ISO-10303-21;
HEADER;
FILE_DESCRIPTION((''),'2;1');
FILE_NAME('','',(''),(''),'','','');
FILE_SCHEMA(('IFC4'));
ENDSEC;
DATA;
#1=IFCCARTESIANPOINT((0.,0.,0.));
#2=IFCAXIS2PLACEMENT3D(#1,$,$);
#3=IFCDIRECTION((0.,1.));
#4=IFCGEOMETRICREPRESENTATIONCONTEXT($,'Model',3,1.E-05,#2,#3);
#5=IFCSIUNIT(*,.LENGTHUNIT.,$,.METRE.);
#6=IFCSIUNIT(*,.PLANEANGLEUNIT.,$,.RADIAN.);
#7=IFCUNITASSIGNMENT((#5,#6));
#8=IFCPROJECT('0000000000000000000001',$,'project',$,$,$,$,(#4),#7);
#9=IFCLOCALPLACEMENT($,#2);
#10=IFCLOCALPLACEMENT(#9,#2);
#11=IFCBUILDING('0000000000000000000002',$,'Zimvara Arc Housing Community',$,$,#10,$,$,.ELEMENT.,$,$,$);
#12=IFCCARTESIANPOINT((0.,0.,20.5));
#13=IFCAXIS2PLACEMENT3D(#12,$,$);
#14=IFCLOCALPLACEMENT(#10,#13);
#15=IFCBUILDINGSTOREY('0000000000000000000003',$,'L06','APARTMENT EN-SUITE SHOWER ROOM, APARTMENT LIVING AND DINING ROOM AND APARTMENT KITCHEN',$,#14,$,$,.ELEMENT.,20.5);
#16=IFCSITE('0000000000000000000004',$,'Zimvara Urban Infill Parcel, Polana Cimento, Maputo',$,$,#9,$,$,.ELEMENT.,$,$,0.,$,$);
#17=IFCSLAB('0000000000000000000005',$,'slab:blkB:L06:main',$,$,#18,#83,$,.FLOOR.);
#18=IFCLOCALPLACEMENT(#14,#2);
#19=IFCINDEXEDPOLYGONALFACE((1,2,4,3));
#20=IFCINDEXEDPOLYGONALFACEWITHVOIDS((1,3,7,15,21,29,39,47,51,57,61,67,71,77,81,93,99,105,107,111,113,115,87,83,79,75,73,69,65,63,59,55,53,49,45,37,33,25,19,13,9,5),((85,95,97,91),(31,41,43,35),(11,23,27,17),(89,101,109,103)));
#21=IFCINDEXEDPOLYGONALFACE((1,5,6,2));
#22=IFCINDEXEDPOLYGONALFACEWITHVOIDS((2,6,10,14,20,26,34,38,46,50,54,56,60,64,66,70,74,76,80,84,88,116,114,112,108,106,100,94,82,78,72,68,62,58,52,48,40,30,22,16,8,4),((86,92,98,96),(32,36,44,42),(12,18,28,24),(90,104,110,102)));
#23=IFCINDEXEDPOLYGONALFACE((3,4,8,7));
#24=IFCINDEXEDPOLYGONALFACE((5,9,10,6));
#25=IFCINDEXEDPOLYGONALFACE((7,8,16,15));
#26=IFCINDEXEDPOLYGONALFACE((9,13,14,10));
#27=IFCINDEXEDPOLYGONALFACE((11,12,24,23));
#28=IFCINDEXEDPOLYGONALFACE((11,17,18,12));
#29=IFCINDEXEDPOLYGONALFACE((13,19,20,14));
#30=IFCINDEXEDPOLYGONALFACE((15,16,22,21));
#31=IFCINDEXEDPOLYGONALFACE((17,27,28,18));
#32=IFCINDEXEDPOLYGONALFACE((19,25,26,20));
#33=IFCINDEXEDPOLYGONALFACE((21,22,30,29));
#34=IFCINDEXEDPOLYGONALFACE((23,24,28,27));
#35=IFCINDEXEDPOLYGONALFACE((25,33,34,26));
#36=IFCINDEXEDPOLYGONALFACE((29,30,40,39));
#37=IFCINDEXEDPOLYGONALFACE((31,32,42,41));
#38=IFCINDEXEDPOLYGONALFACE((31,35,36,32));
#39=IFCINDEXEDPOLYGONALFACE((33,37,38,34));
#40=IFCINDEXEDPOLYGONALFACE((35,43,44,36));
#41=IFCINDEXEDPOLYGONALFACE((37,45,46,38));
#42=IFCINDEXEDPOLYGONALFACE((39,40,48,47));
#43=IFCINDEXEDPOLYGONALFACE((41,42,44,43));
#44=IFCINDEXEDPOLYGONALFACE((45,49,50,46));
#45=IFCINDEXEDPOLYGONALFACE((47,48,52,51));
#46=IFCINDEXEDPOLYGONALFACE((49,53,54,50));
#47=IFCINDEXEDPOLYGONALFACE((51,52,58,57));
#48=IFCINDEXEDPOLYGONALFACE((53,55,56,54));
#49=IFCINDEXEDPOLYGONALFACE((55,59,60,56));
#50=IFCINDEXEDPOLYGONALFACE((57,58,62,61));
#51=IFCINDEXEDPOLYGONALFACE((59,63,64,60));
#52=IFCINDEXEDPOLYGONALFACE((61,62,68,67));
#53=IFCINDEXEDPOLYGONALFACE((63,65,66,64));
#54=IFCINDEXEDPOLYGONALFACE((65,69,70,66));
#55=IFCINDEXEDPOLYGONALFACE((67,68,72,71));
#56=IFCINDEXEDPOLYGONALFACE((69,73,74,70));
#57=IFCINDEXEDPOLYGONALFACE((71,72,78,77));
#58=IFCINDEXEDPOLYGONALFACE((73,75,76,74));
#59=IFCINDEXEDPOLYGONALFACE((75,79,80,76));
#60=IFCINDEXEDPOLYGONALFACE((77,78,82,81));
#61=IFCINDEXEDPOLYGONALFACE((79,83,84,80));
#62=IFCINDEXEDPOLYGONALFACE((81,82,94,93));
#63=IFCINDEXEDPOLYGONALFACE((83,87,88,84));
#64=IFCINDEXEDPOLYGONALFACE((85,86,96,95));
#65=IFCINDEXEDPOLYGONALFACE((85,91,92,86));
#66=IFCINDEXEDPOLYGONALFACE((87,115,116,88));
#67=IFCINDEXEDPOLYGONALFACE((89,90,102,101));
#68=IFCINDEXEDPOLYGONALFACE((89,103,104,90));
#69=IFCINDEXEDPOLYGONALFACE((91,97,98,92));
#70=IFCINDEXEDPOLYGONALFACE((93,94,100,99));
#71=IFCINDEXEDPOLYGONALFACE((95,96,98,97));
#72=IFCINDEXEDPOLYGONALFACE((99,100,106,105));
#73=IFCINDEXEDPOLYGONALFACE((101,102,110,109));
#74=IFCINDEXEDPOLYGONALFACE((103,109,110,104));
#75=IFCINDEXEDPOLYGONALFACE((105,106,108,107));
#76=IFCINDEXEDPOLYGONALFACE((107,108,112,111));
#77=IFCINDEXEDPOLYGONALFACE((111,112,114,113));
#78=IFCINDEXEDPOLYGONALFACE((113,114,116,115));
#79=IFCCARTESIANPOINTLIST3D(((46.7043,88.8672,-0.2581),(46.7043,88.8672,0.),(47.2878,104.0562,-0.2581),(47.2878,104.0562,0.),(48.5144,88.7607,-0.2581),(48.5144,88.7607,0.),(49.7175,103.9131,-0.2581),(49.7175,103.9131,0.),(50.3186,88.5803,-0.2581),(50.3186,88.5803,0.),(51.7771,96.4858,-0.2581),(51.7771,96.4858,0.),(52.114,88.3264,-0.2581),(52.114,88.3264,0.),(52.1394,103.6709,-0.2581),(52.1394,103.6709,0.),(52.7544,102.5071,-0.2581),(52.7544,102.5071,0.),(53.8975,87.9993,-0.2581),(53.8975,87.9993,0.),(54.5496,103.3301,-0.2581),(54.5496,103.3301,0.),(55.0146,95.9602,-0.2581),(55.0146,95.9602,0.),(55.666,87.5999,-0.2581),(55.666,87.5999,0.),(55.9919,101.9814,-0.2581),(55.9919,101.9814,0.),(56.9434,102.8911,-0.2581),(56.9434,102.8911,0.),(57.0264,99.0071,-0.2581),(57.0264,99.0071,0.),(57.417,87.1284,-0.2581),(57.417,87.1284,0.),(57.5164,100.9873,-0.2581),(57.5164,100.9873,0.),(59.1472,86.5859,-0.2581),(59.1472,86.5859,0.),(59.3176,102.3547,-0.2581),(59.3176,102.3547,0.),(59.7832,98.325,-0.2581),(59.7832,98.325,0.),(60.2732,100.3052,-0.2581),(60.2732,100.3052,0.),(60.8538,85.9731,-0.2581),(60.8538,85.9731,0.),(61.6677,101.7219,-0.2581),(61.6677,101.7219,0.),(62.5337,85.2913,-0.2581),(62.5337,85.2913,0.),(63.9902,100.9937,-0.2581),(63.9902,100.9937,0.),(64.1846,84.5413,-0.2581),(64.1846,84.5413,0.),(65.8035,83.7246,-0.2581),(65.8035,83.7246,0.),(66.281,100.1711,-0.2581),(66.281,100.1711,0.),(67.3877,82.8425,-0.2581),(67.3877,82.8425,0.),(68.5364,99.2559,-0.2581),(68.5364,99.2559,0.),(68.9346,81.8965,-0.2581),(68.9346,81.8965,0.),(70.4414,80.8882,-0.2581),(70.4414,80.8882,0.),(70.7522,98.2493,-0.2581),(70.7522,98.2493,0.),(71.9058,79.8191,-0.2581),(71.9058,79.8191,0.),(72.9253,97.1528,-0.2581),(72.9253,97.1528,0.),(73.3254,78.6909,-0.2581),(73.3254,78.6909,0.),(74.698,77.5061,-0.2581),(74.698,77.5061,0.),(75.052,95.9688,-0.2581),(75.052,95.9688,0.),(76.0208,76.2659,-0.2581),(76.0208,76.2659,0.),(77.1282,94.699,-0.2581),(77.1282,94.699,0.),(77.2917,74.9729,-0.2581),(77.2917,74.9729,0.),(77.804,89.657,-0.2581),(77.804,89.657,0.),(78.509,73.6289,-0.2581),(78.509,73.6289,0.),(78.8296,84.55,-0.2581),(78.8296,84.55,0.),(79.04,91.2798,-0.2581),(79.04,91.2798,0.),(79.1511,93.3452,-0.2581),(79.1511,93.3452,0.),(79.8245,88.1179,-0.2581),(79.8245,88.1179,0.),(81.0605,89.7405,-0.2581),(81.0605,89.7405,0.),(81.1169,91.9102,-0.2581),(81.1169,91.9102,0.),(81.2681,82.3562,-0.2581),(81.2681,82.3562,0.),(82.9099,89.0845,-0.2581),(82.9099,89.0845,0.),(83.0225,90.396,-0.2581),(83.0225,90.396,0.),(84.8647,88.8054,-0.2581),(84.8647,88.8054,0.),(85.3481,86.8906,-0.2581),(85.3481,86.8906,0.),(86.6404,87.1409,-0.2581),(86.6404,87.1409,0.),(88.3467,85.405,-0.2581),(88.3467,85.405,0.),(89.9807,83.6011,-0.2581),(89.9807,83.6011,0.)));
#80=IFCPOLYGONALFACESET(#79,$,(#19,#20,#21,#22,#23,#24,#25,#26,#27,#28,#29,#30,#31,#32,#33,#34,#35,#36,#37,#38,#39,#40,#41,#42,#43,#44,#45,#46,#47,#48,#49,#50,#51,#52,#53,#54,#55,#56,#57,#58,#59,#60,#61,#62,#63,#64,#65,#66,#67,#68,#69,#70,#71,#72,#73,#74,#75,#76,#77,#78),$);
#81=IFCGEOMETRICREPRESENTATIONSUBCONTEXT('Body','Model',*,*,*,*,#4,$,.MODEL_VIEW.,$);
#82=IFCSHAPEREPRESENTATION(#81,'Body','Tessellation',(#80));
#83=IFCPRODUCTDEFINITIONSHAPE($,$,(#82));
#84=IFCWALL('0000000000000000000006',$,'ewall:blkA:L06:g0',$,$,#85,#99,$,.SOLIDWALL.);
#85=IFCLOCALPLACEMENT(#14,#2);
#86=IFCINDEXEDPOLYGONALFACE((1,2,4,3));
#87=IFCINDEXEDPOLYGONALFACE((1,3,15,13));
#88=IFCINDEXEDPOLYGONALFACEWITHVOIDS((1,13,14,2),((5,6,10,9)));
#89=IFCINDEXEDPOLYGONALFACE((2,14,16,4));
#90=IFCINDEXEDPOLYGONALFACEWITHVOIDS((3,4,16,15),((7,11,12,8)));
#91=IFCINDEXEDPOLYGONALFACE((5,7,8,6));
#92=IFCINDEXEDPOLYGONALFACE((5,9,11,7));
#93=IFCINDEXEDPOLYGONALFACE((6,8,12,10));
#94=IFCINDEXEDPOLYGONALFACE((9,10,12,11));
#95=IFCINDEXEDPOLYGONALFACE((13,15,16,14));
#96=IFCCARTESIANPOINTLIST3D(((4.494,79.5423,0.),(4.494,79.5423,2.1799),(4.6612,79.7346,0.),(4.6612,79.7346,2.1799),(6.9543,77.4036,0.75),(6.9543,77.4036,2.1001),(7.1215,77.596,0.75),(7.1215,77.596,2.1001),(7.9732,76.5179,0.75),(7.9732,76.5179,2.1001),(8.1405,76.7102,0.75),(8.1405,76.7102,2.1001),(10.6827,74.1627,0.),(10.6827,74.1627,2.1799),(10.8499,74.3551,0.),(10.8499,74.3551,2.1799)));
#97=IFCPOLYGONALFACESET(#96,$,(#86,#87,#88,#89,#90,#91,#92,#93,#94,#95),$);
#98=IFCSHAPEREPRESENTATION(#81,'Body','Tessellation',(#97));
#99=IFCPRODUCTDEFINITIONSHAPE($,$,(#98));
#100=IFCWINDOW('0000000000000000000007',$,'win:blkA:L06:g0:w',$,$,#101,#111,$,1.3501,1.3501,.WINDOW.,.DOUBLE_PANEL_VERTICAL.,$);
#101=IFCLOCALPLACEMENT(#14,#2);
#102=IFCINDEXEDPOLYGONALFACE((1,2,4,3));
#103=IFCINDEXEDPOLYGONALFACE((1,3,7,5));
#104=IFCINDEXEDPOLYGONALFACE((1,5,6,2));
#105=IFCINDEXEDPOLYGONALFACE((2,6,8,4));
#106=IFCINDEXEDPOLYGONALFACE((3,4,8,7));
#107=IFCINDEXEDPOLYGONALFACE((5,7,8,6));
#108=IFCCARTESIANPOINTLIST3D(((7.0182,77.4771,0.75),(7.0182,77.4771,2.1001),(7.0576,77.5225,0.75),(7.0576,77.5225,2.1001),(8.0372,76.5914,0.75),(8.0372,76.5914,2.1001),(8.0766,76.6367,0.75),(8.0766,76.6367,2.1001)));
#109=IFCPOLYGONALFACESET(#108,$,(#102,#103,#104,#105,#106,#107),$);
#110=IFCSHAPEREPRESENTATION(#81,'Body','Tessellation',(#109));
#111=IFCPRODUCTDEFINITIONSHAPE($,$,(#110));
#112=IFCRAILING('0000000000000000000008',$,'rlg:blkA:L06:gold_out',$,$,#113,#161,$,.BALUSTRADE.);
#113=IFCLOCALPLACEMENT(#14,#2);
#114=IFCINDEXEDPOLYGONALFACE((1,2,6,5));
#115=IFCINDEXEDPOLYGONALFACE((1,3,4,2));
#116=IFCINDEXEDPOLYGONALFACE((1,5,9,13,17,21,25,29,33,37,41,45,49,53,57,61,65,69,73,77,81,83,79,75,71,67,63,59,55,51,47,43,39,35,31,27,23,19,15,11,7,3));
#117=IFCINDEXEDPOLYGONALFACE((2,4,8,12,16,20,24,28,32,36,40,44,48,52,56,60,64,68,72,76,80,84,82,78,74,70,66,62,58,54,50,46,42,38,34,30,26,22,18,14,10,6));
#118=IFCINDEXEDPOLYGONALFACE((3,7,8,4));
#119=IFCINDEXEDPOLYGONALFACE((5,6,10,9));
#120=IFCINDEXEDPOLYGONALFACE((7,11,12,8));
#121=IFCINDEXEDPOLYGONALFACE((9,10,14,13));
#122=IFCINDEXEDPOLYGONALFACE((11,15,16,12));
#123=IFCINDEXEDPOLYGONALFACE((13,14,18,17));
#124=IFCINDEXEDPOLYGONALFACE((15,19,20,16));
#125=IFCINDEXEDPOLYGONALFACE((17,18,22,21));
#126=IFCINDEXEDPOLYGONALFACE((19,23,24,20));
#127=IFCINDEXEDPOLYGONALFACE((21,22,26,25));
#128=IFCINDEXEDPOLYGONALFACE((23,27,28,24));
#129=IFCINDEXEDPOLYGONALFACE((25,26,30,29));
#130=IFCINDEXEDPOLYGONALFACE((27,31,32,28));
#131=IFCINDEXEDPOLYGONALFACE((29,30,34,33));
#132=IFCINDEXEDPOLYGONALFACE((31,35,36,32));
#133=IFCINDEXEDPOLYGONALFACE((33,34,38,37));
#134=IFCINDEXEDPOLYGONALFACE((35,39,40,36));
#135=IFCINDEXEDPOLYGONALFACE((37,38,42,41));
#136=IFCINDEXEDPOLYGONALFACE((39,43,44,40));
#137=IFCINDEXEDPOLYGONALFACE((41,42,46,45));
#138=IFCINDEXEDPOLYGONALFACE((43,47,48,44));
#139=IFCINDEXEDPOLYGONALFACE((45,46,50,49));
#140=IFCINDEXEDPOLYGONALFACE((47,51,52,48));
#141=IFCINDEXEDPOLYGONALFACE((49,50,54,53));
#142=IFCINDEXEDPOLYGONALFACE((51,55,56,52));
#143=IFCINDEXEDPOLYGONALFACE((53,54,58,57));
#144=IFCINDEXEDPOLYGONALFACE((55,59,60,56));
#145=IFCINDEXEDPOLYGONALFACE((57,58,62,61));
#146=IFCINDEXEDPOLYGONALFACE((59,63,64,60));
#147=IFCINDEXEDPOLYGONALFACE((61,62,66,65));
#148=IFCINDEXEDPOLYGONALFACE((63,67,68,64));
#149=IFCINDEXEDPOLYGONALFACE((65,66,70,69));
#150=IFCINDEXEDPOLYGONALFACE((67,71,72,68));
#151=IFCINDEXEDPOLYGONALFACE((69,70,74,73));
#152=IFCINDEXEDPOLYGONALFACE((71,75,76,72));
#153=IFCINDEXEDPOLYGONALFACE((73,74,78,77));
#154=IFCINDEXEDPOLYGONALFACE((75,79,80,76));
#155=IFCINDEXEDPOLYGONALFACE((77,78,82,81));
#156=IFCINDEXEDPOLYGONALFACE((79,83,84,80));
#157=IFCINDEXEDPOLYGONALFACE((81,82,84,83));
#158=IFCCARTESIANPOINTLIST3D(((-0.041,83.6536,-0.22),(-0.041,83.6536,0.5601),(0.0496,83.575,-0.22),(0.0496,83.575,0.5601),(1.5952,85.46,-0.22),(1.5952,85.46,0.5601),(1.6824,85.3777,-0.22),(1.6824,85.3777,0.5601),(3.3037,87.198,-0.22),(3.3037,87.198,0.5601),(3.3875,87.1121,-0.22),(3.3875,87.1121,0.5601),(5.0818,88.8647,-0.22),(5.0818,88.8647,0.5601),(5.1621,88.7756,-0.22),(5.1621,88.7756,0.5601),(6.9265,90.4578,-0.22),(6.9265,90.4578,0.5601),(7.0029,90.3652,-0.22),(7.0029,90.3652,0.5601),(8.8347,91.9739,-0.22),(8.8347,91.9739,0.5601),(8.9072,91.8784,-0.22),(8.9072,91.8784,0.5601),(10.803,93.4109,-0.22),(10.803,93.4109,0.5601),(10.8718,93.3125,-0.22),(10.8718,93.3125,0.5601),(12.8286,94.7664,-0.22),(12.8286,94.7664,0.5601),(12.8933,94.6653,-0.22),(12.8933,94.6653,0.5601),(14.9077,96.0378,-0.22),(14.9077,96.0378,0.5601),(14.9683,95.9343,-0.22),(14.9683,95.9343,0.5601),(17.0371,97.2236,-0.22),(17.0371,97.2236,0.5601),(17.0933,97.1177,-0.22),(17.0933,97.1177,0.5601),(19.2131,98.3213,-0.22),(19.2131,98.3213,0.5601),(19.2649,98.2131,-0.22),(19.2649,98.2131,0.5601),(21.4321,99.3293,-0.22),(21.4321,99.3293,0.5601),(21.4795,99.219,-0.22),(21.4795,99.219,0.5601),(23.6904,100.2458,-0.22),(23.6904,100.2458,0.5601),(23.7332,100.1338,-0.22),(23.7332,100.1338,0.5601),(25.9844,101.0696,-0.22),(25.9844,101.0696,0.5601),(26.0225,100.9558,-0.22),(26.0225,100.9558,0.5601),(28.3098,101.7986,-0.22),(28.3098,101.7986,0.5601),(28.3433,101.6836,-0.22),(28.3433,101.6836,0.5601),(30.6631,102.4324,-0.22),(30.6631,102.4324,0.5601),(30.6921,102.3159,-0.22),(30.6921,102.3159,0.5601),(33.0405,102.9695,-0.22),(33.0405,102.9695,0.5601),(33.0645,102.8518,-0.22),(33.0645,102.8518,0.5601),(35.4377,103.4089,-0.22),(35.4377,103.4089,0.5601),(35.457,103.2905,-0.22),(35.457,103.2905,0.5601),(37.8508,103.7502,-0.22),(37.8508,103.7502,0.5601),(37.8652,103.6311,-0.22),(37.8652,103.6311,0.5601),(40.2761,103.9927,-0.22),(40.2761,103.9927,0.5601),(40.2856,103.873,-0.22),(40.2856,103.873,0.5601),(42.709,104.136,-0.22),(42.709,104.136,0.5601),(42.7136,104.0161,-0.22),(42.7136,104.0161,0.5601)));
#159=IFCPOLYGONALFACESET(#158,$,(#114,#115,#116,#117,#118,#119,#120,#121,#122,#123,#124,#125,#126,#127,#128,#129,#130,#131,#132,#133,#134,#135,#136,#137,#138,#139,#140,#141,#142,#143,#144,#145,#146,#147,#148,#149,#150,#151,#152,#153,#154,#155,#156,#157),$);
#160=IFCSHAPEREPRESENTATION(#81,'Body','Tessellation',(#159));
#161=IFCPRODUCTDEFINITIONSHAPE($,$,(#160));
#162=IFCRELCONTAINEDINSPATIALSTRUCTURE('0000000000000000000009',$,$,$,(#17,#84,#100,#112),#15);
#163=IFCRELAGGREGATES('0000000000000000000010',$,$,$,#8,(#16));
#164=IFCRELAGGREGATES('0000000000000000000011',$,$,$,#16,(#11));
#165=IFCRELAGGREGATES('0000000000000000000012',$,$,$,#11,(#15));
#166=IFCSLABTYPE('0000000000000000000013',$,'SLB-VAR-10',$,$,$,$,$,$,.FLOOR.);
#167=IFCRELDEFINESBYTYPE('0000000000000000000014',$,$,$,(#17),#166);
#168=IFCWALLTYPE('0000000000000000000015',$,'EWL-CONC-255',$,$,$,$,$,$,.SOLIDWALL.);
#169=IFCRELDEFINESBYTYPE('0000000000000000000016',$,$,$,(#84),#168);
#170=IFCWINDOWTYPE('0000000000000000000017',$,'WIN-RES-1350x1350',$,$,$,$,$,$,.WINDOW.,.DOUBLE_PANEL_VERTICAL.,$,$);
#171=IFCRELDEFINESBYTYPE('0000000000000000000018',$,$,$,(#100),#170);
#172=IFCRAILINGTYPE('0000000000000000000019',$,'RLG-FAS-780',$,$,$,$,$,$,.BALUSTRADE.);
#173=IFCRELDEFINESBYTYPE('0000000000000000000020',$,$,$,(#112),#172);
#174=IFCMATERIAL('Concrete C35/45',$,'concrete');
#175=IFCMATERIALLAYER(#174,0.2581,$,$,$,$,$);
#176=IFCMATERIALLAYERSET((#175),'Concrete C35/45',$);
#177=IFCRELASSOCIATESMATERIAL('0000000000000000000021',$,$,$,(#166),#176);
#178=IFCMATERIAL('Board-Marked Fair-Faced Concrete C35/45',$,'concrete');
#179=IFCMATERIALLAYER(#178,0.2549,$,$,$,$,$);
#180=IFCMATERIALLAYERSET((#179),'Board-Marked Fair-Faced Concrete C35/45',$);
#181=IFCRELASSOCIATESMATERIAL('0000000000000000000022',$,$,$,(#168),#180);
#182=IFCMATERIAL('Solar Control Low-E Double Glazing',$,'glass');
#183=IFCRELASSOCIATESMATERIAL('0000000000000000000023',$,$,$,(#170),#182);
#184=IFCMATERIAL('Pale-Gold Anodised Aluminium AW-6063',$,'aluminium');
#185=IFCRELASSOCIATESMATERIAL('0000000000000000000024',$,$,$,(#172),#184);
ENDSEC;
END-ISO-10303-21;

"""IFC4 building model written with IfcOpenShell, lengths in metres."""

from ifc_helpers import new_model, si_unit, direction, frame, frame_2d, origin, place, context, subcontext, project, spatial, polyline, rectangle, outline, extrude, material, layer, layer_set, type_object, element, fill, save


model = new_model("IFC4")

# Units and contexts
model_context = context("Model", 3, precision=1e-05, world=origin(), true_north=direction((0.0, 1.0)))
body_context = subcontext(model_context, "Body", "Model", "MODEL_VIEW")
ifc_project = project(units=[si_unit("LENGTHUNIT", "METRE"), si_unit("PLANEANGLEUNIT", "RADIAN")], contexts=[model_context])

# Site, building, storey
site_placement = place(None, origin())
site = spatial("IfcSite", under=ifc_project, at=site_placement, Name="Zimvara Urban Infill Parcel, Polana Cimento, Maputo", CompositionType="ELEMENT", RefElevation=0.0)
building_placement = place(site_placement, origin())
building = spatial("IfcBuilding", under=site, at=building_placement, Name="Zimvara Arc Housing Community", CompositionType="ELEMENT")
storey_placement = place(building_placement, frame((0.0, 0.0, 20.5)))
storey = spatial("IfcBuildingStorey", under=building, at=storey_placement, Name="L06", Description="APARTMENT EN-SUITE SHOWER ROOM, APARTMENT LIVING AND DINING ROOM AND APARTMENT KITCHEN", CompositionType="ELEMENT", Elevation=20.5)

# Slab
ifc_material_1 = material(Name="Concrete C35/45", Category="concrete")
ifc_layer_1 = layer(ifc_material_1, 0.2581)
ifc_layer_set_1 = layer_set([ifc_layer_1], Name="Concrete C35/45")
slab_type_1 = type_object("IfcSlabType", Name="SLB-VAR-10", PredefinedType="FLOOR", material=ifc_layer_set_1)
slab_1_placement = place(storey_placement, frame((0.0, 0.0, -0.2581)))
element("IfcSlab", 1, at=slab_1_placement, inside=storey, type_object=slab_type_1, Name="slab:blkB:L06:main", PredefinedType="FLOOR", context=body_context, shape_type="SweptSolid", body=[
    extrude(outline(polyline([(46.7043, 88.8672), (48.5144, 88.7607), (50.3186, 88.5803), (52.114, 88.3264), (53.8975, 87.9993), (55.666, 87.5999), (57.417, 87.1284), (59.1472, 86.5859), (60.8538, 85.9731), (62.5337, 85.2913), (64.1846, 84.5413), (65.8035, 83.7246), (67.3877, 82.8425), (68.9346, 81.8965), (70.4414, 80.8882), (71.9058, 79.8191), (73.3254, 78.6909), (74.698, 77.5061), (76.0208, 76.2659), (77.2917, 74.9729), (78.509, 73.6289), (89.9807, 83.6011), (88.3467, 85.405), (86.6404, 87.1409), (84.8647, 88.8054), (83.0225, 90.396), (81.1169, 91.9102), (79.1511, 93.3452), (77.1282, 94.699), (75.052, 95.9688), (72.9253, 97.1528), (70.7522, 98.2493), (68.5364, 99.2559), (66.281, 100.1711), (63.9902, 100.9937), (61.6677, 101.7219), (59.3176, 102.3547), (56.9434, 102.8911), (54.5496, 103.3301), (52.1394, 103.6709), (49.7175, 103.9131), (47.2878, 104.0562), (46.7043, 88.8672)]), holes=[polyline([(51.7771, 96.4858), (52.7544, 102.5071), (55.9919, 101.9814), (55.0146, 95.9602), (51.7771, 96.4858)]), polyline([(78.8296, 84.55), (82.9099, 89.0845), (85.3481, 86.8906), (81.2681, 82.3562), (78.8296, 84.55)]), polyline([(57.0264, 99.0071), (57.5164, 100.9873), (60.2732, 100.3052), (59.7832, 98.325), (57.0264, 99.0071)]), polyline([(77.804, 89.657), (79.04, 91.2798), (81.0605, 89.7405), (79.8245, 88.1179), (77.804, 89.657)])]), origin(), (0.0, 0.0, 1.0), 0.2581),
])

# Wall, opening, window
ifc_material_2 = material(Name="Board-Marked Fair-Faced Concrete C35/45", Category="concrete")
ifc_layer_2 = layer(ifc_material_2, 0.2549)
ifc_layer_set_2 = layer_set([ifc_layer_2], Name="Board-Marked Fair-Faced Concrete C35/45")
wall_type = type_object("IfcWallType", Name="EWL-CONC-255", PredefinedType="SOLIDWALL", material=ifc_layer_set_2)
wall_placement = place(storey_placement, frame((10.7664, 74.2588, 0.0), z_axis=(0.0, 0.0, 1.0), x_axis=(-0.754718, 0.65605, 0.0)))
wall = element("IfcWall", 2, at=wall_placement, inside=storey, type_object=wall_type, Name="ewall:blkA:L06:g0", PredefinedType="SOLIDWALL", context=body_context, shape_type="SweptSolid", body=[
    extrude(rectangle(XDim=8.2, YDim=0.2549, at=frame_2d((4.1001, 0.0))), origin(), (0.0, 0.0, 1.0), 2.1799),
])
opening_placement = place(wall_placement, frame((3.5901, 0.0, 0.75)))
opening = element("IfcOpeningElement", 3, at=opening_placement, cuts=wall, PredefinedType="OPENING", context=body_context, shape_type="SweptSolid", body=[
    extrude(rectangle(XDim=1.3501, YDim=1.3501, at=frame_2d((0.675, 0.675))), frame((0.0, 0.1375, 0.0), z_axis=(0.0, -1.0, 0.0), x_axis=(1.0, 0.0, 0.0)), (0.0, 0.0, 1.0), 0.2749),
])
ifc_material_3 = material(Name="Solar Control Low-E Double Glazing", Category="glass")
window_type = type_object("IfcWindowType", Name="WIN-RES-1350x1350", PartitioningType="DOUBLE_PANEL_VERTICAL", PredefinedType="WINDOW", material=ifc_material_3)
window_placement = place(opening_placement, origin())
window = element("IfcWindow", 4, at=window_placement, inside=storey, type_object=window_type, Name="win:blkA:L06:g0:w", OverallHeight=1.3501, OverallWidth=1.3501, PartitioningType="DOUBLE_PANEL_VERTICAL", PredefinedType="WINDOW", context=body_context, shape_type="SweptSolid", body=[
    extrude(rectangle(XDim=1.3501, YDim=1.3501, at=frame_2d((0.675, 0.675))), frame((0.0, 0.03, 0.0), z_axis=(0.0, -1.0, 0.0), x_axis=(1.0, 0.0, 0.0)), (0.0, 0.0, 1.0), 0.0601),
])
fill(opening, window)

# Railing
ifc_material_4 = material(Name="Pale-Gold Anodised Aluminium AW-6063", Category="aluminium")
railing_type = type_object("IfcRailingType", Name="RLG-FAS-780", PredefinedType="BALUSTRADE", material=ifc_material_4)
railing_1_placement = place(storey_placement, frame((0.0, 0.0, -0.22)))
element("IfcRailing", 5, at=railing_1_placement, inside=storey, type_object=railing_type, Name="rlg:blkA:L06:gold_out", PredefinedType="BALUSTRADE", context=body_context, shape_type="SweptSolid", body=[
    extrude(outline(polyline([(0.0496, 83.575), (1.6824, 85.3777), (3.3875, 87.1121), (5.1621, 88.7756), (7.0029, 90.3652), (8.9072, 91.8784), (10.8718, 93.3125), (12.8933, 94.6653), (14.9683, 95.9343), (17.0933, 97.1177), (19.2649, 98.2131), (21.4795, 99.219), (23.7332, 100.1338), (26.0225, 100.9558), (28.3433, 101.6836), (30.6921, 102.3159), (33.0645, 102.8518), (35.457, 103.2905), (37.8652, 103.6311), (40.2856, 103.873), (42.7136, 104.0161), (42.709, 104.136), (40.2761, 103.9927), (37.8508, 103.7502), (35.4377, 103.4089), (33.0405, 102.9695), (30.6631, 102.4324), (28.3098, 101.7986), (25.9844, 101.0696), (23.6904, 100.2458), (21.4321, 99.3293), (19.2131, 98.3213), (17.0371, 97.2236), (14.9077, 96.0378), (12.8286, 94.7664), (10.803, 93.4109), (8.8347, 91.9739), (6.9265, 90.4578), (5.0818, 88.8647), (3.3037, 87.198), (1.5952, 85.46), (-0.041, 83.6536), (0.0496, 83.575)])), origin(), (0.0, 0.0, 1.0), 0.78),
])

save(model, "model.ifc")
